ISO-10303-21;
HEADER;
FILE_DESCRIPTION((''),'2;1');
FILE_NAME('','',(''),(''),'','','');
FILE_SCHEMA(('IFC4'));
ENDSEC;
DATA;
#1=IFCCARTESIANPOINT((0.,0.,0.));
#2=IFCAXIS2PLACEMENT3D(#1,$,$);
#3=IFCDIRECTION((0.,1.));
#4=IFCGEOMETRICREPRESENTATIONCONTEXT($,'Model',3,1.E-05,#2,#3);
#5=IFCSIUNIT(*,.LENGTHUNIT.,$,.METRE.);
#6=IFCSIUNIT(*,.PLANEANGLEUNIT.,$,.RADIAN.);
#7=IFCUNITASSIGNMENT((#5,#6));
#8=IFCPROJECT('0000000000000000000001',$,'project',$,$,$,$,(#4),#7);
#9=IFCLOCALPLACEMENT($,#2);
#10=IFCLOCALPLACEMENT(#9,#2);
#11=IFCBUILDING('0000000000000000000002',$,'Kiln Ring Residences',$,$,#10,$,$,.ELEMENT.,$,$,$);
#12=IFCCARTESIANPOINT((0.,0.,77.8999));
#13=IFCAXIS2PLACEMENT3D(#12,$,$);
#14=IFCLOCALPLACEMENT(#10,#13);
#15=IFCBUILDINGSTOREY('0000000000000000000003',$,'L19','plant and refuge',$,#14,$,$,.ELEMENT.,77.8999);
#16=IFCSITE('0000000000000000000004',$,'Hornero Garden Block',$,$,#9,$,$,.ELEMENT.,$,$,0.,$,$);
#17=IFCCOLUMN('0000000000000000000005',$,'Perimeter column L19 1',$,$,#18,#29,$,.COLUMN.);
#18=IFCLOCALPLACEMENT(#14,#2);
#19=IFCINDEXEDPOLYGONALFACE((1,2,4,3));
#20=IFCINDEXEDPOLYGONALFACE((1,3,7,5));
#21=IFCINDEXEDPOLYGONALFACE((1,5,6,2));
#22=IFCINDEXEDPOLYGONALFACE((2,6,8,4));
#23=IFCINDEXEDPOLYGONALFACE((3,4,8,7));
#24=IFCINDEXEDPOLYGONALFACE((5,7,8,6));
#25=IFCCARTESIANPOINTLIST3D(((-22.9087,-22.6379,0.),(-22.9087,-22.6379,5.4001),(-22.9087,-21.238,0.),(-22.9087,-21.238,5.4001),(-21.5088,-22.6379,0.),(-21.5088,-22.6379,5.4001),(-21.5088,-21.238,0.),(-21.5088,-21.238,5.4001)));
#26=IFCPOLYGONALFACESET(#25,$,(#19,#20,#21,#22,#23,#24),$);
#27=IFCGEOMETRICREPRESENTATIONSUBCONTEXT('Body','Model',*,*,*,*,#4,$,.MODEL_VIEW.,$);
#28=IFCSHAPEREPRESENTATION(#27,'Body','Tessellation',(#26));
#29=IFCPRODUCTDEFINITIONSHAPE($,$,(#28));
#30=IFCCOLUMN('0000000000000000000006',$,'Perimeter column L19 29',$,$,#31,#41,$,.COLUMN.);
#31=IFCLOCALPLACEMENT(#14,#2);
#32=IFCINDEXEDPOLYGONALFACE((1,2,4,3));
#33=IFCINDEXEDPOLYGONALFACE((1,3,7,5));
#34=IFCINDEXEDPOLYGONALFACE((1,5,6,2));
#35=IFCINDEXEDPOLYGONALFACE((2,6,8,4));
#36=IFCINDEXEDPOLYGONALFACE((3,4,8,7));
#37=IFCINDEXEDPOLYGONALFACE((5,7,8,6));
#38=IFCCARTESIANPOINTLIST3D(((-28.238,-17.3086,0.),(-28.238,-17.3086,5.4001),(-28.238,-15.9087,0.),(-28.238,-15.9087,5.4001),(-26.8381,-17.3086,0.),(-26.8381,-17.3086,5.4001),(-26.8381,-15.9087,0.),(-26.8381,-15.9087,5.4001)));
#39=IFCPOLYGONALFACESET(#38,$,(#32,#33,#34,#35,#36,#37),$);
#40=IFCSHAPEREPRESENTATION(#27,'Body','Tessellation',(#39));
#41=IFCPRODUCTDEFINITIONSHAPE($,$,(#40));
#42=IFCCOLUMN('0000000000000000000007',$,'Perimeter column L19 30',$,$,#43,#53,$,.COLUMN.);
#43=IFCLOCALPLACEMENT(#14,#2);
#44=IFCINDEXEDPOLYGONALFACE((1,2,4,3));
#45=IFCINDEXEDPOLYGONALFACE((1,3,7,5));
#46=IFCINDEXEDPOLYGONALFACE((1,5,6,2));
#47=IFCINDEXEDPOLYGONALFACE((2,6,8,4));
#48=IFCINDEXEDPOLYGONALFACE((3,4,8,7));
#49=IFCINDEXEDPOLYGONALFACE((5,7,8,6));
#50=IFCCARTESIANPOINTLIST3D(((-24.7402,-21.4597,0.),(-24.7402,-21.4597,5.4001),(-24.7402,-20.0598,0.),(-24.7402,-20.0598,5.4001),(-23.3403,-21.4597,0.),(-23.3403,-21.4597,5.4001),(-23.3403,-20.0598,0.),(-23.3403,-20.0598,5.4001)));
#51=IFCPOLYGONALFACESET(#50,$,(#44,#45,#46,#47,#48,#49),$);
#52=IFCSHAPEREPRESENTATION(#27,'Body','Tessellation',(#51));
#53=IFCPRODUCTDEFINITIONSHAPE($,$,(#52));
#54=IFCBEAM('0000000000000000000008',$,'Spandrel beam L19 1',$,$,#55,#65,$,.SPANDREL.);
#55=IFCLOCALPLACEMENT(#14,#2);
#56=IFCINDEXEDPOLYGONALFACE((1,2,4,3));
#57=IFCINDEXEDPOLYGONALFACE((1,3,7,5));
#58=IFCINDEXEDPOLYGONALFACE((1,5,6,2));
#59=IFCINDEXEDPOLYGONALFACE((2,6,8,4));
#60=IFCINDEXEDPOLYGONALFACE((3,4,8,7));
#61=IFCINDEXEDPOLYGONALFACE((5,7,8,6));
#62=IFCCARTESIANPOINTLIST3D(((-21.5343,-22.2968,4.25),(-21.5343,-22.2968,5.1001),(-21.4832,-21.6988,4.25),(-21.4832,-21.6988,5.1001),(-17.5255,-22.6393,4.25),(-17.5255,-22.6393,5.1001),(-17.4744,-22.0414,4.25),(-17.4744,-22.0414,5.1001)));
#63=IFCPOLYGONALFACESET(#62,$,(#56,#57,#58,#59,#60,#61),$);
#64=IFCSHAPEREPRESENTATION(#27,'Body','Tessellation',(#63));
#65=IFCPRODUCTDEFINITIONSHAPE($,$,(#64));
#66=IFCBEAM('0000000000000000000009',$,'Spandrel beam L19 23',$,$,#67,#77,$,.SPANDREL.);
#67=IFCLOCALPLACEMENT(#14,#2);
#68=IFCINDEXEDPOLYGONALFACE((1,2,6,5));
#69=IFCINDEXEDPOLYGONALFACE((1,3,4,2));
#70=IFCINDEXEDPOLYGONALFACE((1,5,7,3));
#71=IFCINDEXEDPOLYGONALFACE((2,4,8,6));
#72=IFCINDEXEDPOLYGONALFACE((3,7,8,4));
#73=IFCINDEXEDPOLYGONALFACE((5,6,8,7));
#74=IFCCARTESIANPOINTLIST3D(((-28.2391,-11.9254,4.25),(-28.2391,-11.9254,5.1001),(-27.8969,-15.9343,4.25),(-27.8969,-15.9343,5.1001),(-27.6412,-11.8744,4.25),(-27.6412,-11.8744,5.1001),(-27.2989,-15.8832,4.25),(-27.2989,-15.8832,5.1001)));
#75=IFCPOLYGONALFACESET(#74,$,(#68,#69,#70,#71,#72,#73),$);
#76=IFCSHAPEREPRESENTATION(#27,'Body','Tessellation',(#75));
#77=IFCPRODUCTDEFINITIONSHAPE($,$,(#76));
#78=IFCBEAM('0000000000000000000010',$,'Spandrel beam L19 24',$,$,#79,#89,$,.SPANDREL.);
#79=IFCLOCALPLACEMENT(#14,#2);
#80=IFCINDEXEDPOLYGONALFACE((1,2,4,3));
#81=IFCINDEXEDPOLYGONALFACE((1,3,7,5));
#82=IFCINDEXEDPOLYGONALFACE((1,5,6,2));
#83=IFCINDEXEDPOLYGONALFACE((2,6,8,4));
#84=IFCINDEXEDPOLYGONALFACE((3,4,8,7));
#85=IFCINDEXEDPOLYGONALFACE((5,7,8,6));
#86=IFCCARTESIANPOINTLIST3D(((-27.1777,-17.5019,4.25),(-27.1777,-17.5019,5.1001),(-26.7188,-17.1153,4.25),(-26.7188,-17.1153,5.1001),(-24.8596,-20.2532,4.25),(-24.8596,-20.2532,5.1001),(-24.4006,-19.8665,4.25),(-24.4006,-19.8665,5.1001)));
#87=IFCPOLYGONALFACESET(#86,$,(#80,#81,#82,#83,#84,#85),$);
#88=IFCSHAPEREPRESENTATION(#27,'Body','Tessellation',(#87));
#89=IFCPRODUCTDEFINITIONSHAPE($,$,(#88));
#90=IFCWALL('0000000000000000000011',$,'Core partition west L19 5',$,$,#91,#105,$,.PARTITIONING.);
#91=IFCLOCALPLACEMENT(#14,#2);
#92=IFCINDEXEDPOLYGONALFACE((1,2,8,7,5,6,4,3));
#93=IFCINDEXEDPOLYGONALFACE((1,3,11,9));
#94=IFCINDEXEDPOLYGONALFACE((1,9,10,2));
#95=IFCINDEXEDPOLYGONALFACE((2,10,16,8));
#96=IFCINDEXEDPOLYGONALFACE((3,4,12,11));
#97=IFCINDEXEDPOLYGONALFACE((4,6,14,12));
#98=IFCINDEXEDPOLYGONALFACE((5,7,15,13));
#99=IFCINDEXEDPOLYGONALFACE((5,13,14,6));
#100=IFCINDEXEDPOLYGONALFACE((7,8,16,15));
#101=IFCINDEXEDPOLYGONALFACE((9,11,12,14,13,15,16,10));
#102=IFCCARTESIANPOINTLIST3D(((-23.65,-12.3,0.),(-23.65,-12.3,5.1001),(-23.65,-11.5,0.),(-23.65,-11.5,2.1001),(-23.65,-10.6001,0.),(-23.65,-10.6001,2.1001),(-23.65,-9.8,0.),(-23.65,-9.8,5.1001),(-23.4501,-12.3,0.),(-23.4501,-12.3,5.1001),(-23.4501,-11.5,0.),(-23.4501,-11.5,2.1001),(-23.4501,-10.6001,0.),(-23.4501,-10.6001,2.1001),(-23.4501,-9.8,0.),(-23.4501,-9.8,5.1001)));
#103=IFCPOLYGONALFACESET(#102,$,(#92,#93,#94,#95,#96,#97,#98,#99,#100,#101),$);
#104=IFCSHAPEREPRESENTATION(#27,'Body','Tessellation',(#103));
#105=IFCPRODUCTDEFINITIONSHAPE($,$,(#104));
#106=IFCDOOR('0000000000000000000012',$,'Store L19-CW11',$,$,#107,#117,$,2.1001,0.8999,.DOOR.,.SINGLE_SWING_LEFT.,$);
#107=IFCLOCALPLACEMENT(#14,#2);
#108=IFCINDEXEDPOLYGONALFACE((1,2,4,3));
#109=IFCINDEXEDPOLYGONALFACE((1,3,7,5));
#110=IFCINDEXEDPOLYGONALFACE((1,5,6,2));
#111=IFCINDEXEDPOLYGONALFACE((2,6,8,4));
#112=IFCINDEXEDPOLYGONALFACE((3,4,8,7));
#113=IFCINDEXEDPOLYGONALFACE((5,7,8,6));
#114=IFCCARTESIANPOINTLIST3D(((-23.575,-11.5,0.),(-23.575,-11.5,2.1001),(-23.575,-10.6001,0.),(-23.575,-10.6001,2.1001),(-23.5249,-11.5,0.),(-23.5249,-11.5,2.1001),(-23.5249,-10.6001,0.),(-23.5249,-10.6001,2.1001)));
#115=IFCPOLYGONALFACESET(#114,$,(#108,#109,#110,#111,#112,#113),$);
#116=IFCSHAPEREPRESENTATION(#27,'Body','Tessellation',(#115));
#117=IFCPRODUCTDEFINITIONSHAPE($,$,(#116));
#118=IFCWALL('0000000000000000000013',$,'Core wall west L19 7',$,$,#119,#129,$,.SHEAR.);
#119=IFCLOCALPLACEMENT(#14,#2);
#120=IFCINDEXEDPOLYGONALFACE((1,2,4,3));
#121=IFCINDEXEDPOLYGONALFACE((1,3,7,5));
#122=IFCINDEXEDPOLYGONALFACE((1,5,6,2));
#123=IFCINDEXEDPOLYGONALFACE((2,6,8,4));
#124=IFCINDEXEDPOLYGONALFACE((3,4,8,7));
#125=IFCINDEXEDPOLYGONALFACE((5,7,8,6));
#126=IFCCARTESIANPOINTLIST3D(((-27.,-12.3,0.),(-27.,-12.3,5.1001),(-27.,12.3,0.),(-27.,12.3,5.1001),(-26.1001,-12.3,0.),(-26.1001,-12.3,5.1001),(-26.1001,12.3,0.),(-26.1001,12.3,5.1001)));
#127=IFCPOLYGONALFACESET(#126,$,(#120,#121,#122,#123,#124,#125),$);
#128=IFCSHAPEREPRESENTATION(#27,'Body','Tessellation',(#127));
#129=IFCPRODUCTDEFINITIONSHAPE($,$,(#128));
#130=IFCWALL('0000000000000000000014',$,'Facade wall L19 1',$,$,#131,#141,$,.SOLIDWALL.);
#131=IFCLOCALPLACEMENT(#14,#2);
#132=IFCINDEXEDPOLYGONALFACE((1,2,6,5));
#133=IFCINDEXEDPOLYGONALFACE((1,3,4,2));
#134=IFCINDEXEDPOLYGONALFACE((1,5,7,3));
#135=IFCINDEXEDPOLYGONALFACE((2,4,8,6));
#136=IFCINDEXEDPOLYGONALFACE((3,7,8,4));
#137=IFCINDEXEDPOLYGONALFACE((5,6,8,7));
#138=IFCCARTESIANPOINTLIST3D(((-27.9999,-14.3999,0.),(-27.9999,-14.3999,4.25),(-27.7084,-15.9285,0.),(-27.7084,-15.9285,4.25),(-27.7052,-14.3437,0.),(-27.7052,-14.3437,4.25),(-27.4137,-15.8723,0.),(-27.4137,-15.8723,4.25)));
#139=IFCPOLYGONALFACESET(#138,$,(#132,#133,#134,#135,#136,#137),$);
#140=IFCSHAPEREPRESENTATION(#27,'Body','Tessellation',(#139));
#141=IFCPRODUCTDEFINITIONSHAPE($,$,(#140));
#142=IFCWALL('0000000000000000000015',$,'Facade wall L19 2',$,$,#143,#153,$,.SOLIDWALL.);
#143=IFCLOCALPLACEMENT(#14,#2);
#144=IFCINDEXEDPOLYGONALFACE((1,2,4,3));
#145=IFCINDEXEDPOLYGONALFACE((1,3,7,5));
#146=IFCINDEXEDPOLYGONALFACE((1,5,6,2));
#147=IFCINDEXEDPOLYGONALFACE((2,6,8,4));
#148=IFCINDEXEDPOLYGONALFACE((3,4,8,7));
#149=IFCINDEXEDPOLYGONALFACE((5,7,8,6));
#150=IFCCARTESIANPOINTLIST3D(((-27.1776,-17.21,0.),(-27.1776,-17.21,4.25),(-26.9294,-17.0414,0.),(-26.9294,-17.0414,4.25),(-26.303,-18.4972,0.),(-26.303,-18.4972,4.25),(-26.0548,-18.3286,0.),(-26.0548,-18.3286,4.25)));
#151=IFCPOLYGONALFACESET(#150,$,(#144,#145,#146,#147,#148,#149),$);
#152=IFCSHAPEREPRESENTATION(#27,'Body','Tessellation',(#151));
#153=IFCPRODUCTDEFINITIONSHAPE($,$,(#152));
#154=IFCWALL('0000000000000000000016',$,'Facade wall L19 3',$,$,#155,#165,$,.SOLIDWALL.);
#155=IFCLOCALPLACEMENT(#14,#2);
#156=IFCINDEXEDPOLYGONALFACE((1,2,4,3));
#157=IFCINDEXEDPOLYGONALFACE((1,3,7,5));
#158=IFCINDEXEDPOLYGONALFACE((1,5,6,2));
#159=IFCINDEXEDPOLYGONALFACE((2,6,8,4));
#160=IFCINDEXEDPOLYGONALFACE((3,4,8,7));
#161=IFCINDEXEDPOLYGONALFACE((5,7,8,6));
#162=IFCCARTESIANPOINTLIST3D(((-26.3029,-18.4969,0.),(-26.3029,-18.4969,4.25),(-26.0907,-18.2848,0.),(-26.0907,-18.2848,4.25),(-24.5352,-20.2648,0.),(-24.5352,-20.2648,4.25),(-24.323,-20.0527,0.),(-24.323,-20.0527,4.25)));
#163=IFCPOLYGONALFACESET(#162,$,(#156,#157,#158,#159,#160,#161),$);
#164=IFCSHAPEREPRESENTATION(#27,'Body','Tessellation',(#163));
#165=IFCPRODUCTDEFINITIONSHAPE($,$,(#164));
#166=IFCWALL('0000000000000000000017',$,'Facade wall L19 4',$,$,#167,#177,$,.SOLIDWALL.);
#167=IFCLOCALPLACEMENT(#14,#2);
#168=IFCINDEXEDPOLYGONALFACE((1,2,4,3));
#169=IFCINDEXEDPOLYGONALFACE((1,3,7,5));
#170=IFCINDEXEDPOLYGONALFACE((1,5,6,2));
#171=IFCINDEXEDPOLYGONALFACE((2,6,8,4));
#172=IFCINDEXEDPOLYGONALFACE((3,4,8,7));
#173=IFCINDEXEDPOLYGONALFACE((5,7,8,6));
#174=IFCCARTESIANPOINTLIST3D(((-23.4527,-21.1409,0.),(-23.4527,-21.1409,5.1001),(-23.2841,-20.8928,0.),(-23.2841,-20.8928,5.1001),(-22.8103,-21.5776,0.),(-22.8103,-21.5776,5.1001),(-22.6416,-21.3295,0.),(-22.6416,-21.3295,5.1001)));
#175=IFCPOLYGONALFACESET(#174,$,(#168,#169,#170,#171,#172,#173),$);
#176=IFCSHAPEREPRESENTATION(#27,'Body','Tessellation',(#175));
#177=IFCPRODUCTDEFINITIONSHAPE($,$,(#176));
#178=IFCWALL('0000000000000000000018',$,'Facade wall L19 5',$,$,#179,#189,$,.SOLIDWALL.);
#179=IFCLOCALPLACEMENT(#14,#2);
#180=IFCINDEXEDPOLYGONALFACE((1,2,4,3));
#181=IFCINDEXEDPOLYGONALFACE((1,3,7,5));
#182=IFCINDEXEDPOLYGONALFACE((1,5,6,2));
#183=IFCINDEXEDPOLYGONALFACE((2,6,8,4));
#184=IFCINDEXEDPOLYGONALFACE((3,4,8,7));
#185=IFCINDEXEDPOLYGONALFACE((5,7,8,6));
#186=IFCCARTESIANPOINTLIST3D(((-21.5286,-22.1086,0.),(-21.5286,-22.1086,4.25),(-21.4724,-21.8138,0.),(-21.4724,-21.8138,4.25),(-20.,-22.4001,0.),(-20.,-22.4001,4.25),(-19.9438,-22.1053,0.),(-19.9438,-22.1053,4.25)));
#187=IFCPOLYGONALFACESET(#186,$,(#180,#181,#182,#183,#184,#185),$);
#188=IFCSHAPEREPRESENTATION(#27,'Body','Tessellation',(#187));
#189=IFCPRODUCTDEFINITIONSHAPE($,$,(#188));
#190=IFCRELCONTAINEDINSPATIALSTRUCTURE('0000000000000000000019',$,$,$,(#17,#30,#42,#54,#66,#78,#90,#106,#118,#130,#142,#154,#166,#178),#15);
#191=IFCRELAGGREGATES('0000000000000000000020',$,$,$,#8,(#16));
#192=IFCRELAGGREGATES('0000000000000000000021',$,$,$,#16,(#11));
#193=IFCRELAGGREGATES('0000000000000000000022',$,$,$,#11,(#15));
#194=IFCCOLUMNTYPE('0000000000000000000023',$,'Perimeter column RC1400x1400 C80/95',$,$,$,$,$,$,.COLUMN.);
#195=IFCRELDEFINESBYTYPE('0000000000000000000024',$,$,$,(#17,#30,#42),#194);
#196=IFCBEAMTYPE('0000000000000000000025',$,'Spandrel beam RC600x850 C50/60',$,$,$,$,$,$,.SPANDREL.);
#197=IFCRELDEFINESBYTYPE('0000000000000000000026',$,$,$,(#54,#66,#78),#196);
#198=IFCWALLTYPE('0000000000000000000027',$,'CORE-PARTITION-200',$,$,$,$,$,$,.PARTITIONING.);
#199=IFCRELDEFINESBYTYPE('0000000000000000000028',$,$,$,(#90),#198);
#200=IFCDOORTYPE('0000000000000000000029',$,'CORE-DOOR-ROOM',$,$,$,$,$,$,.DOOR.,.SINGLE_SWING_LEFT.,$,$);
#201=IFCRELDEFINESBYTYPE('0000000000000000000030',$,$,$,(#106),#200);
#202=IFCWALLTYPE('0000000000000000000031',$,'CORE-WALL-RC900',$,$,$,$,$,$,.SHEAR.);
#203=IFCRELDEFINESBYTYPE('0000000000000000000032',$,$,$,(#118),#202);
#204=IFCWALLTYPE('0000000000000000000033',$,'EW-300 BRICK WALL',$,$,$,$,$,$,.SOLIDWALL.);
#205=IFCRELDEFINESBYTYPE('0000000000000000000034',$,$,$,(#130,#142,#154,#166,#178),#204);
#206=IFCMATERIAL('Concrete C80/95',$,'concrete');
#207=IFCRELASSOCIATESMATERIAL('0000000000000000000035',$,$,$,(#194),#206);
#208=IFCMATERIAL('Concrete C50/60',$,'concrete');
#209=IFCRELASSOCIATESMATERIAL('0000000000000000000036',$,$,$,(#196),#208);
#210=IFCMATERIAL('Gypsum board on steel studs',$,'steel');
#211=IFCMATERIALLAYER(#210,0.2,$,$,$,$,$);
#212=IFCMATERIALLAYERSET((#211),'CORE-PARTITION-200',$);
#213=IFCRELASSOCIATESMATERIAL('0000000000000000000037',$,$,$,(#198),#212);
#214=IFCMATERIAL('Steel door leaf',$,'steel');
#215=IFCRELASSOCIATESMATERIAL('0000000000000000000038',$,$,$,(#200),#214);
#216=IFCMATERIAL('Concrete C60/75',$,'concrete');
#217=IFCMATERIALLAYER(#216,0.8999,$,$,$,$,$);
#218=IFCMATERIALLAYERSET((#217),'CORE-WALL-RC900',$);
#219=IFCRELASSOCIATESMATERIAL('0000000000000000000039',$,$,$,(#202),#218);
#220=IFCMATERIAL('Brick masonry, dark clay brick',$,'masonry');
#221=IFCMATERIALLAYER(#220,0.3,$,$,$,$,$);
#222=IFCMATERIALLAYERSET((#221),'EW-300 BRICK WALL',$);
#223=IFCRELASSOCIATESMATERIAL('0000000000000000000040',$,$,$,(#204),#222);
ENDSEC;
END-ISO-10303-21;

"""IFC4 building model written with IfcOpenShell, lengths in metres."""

from ifc_helpers import new_model, si_unit, direction, frame, frame_2d, origin, origin_2d, place, context, subcontext, project, spatial, rectangle, extrude, material, layer, layer_set, material_profile, profile_set, type_object, element, fill, save


model = new_model("IFC4")

# Units and contexts
model_context = context("Model", 3, precision=1e-05, world=origin(), true_north=direction((0.0, 1.0)))
body_context = subcontext(model_context, "Body", "Model", "MODEL_VIEW")
ifc_project = project(units=[si_unit("LENGTHUNIT", "METRE"), si_unit("PLANEANGLEUNIT", "RADIAN")], contexts=[model_context])

# Site, building, storey
site_placement = place(None, origin())
site = spatial("IfcSite", under=ifc_project, at=site_placement, Name="Hornero Garden Block", CompositionType="ELEMENT", RefElevation=0.0)
building_placement = place(site_placement, origin())
building = spatial("IfcBuilding", under=site, at=building_placement, Name="Kiln Ring Residences", CompositionType="ELEMENT")
storey_placement = place(building_placement, frame((0.0, 0.0, 77.8999)))
storey = spatial("IfcBuildingStorey", under=building, at=storey_placement, Name="L19", Description="plant and refuge", CompositionType="ELEMENT", Elevation=77.8999)

# Columns
ifc_material_1 = material(Name="Concrete C80/95", Category="concrete")
ifc_material_profile_1 = material_profile(ifc_material_1, rectangle(XDim=1.3999, YDim=1.3999, at=origin_2d()), Name="RC1400x1400")
ifc_profile_set_1 = profile_set([ifc_material_profile_1], Name="Concrete C80/95")
column_type = type_object("IfcColumnType", Name="Perimeter column RC1400x1400 C80/95", PredefinedType="COLUMN", material=ifc_profile_set_1)
for number, where, z_axis, x_axis, name in (
    (1, (-22.2087, -21.938, 0.0), (0.0, 0.0, 1.0), (1.0, 0.0, 0.0), "Perimeter column L19 1"),
    (2, (-27.5381, -16.6086, 0.0), (0.0, 0.0, 1.0), (1.0, 0.0, 0.0), "Perimeter column L19 29"),
    (3, (-24.0403, -20.7598, 0.0), (0.0, 0.0, 1.0), (1.0, 0.0, 0.0), "Perimeter column L19 30"),
):
    element("IfcColumn", number, at=place(storey_placement, frame(where, z_axis=z_axis, x_axis=x_axis)), inside=storey, type_object=column_type, Name=name, PredefinedType="COLUMN", context=body_context, shape_type="SweptSolid", body=[
        extrude(rectangle(XDim=1.3999, YDim=1.3999, at=origin_2d()), origin(), (0.0, 0.0, 1.0), 5.4001),
    ])

# Beams
ifc_material_2 = material(Name="Concrete C50/60", Category="concrete")
ifc_material_profile_2 = material_profile(ifc_material_2, rectangle(XDim=0.6001, YDim=0.8501, at=origin_2d()), Name="RC600x850")
ifc_profile_set_2 = profile_set([ifc_material_profile_2], Name="Concrete C50/60")
beam_type = type_object("IfcBeamType", Name="Spandrel beam RC600x850 C50/60", PredefinedType="SPANDREL", material=ifc_profile_set_2)
for number, where, z_axis, x_axis, name in (
    (4, (-21.5088, -21.9978, 4.675), (0.996369, -0.085134, 0.0), (0.085134, 0.996369, 0.0), "Spandrel beam L19 1"),
    (5, (-27.9402, -11.8999, 4.675), (0.085074, -0.996375, 0.0), (0.996375, 0.085074, 0.0), "Spandrel beam L19 23"),
):
    element("IfcBeam", number, at=place(storey_placement, frame(where, z_axis=z_axis, x_axis=x_axis)), inside=storey, type_object=beam_type, Name=name, PredefinedType="SPANDREL", context=body_context, shape_type="SweptSolid", body=[
        extrude(rectangle(XDim=0.6001, YDim=0.8501, at=origin_2d()), origin(), (0.0, 0.0, 1.0), 4.0234),
    ])
beam_placement = place(storey_placement, frame((-26.9482, -17.3086, 4.675), z_axis=(0.644347, -0.764733, 0.0), x_axis=(0.764733, 0.644347, 0.0)))
element("IfcBeam", 6, at=beam_placement, inside=storey, type_object=beam_type, Name="Spandrel beam L19 24", PredefinedType="SPANDREL", context=body_context, shape_type="SweptSolid", body=[
    extrude(rectangle(XDim=0.6001, YDim=0.8501, at=origin_2d()), origin(), (0.0, 0.0, 1.0), 3.5977),
])

# Wall, opening, door
ifc_material_3 = material(Name="Gypsum board on steel studs", Category="steel")
ifc_layer_1 = layer(ifc_material_3, 0.2)
ifc_layer_set_1 = layer_set([ifc_layer_1], Name="CORE-PARTITION-200")
wall_type_1 = type_object("IfcWallType", Name="CORE-PARTITION-200", PredefinedType="PARTITIONING", material=ifc_layer_set_1)
wall_1_placement = place(storey_placement, frame((-23.55, -12.3, 0.0), z_axis=(0.0, 0.0, 1.0), x_axis=(0.0, 1.0, 0.0)))
wall_1 = element("IfcWall", 7, at=wall_1_placement, inside=storey, type_object=wall_type_1, Name="Core partition west L19 5", PredefinedType="PARTITIONING", context=body_context, shape_type="SweptSolid", body=[
    extrude(rectangle(XDim=2.5, YDim=0.2, at=frame_2d((1.25, 0.0))), origin(), (0.0, 0.0, 1.0), 5.1001),
])
opening_1_placement = place(wall_1_placement, frame((0.8, 0.0, 0.0)))
opening_1 = element("IfcOpeningElement", 8, at=opening_1_placement, cuts=wall_1, PredefinedType="OPENING", context=body_context, shape_type="SweptSolid", body=[
    extrude(rectangle(XDim=0.8999, YDim=2.1001, at=frame_2d((0.45, 1.05))), frame((0.0, 0.1099, 0.0), z_axis=(0.0, -1.0, 0.0), x_axis=(1.0, 0.0, 0.0)), (0.0, 0.0, 1.0), 0.22),
])
ifc_material_4 = material(Name="Steel door leaf", Category="steel")
door_type_1 = type_object("IfcDoorType", Name="CORE-DOOR-ROOM", OperationType="SINGLE_SWING_LEFT", PredefinedType="DOOR", material=ifc_material_4)
door_1_placement = place(opening_1_placement, origin())
door_1 = element("IfcDoor", 9, at=door_1_placement, inside=storey, type_object=door_type_1, Name="Store L19-CW11", OperationType="SINGLE_SWING_LEFT", OverallHeight=2.1001, OverallWidth=0.8999, PredefinedType="DOOR", context=body_context, shape_type="SweptSolid", body=[
    extrude(rectangle(XDim=0.8999, YDim=2.1001, at=frame_2d((0.45, 1.05))), frame((0.0, 0.0249, 0.0), z_axis=(0.0, -1.0, 0.0), x_axis=(1.0, 0.0, 0.0)), (0.0, 0.0, 1.0), 0.05),
])
fill(opening_1, door_1)

# Walls
ifc_material_5 = material(Name="Concrete C60/75", Category="concrete")
ifc_layer_2 = layer(ifc_material_5, 0.8999)
ifc_layer_set_2 = layer_set([ifc_layer_2], Name="CORE-WALL-RC900")
wall_type_2 = type_object("IfcWallType", Name="CORE-WALL-RC900", PredefinedType="SHEAR", material=ifc_layer_set_2)
wall_2_placement = place(storey_placement, frame((-26.55, -12.3, 0.0), z_axis=(0.0, 0.0, 1.0), x_axis=(0.0, 1.0, 0.0)))
element("IfcWall", 10, at=wall_2_placement, inside=storey, type_object=wall_type_2, Name="Core wall west L19 7", PredefinedType="SHEAR", context=body_context, shape_type="SweptSolid", body=[
    extrude(rectangle(XDim=24.6001, YDim=0.8999, at=frame_2d((12.3, 0.0))), origin(), (0.0, 0.0, 1.0), 5.1001),
])
ifc_material_6 = material(Name="Brick masonry, dark clay brick", Category="masonry")
ifc_layer_3 = layer(ifc_material_6, 0.3)
ifc_layer_set_3 = layer_set([ifc_layer_3], Name="EW-300 BRICK WALL")
wall_type_3 = type_object("IfcWallType", Name="EW-300 BRICK WALL", PredefinedType="SOLIDWALL", material=ifc_layer_set_3)
for number, where, z_axis, x_axis, name in (
    (11, (-27.8525, -14.3718, 0.0), (0.0, 0.0, 1.0), (0.187328, -0.982297, 0.0), "Facade wall L19 1"),
    (12, (-27.0535, -17.1257, 0.0), (0.0, 0.0, 1.0), (0.561992, -0.827142, 0.0), "Facade wall L19 2"),
):
    element("IfcWall", number, at=place(storey_placement, frame(where, z_axis=z_axis, x_axis=x_axis)), inside=storey, type_object=wall_type_3, Name=name, PredefinedType="SOLIDWALL", context=body_context, shape_type="SweptSolid", body=[
        extrude(rectangle(XDim=1.5562, YDim=0.3, at=frame_2d((0.7781, 0.0))), origin(), (0.0, 0.0, 1.0), 4.25),
    ])
wall_3_placement = place(storey_placement, frame((-26.1968, -18.3909, 0.0), z_axis=(0.0, 0.0, 1.0), x_axis=(0.707058, -0.707156, 0.0)))
element("IfcWall", 13, at=wall_3_placement, inside=storey, type_object=wall_type_3, Name="Facade wall L19 3", PredefinedType="SOLIDWALL", context=body_context, shape_type="SweptSolid", body=[
    extrude(rectangle(XDim=2.5, YDim=0.3, at=frame_2d((1.25, 0.0))), origin(), (0.0, 0.0, 1.0), 4.25),
])
wall_4_placement = place(storey_placement, frame((-23.3684, -21.0168, 0.0), z_axis=(0.0, 0.0, 1.0), x_axis=(0.827038, -0.562147, 0.0)))
element("IfcWall", 14, at=wall_4_placement, inside=storey, type_object=wall_type_3, Name="Facade wall L19 4", PredefinedType="SOLIDWALL", context=body_context, shape_type="SweptSolid", body=[
    extrude(rectangle(XDim=0.7769, YDim=0.3, at=frame_2d((0.3884, 0.0))), origin(), (0.0, 0.0, 1.0), 5.1001),
])
wall_5_placement = place(storey_placement, frame((-21.5005, -21.9612, 0.0), z_axis=(0.0, 0.0, 1.0), x_axis=(0.982297, -0.187328, 0.0)))
element("IfcWall", 15, at=wall_5_placement, inside=storey, type_object=wall_type_3, Name="Facade wall L19 5", PredefinedType="SOLIDWALL", context=body_context, shape_type="SweptSolid", body=[
    extrude(rectangle(XDim=1.5562, YDim=0.3, at=frame_2d((0.7781, 0.0))), origin(), (0.0, 0.0, 1.0), 4.25),
])

save(model, "model.ifc")
